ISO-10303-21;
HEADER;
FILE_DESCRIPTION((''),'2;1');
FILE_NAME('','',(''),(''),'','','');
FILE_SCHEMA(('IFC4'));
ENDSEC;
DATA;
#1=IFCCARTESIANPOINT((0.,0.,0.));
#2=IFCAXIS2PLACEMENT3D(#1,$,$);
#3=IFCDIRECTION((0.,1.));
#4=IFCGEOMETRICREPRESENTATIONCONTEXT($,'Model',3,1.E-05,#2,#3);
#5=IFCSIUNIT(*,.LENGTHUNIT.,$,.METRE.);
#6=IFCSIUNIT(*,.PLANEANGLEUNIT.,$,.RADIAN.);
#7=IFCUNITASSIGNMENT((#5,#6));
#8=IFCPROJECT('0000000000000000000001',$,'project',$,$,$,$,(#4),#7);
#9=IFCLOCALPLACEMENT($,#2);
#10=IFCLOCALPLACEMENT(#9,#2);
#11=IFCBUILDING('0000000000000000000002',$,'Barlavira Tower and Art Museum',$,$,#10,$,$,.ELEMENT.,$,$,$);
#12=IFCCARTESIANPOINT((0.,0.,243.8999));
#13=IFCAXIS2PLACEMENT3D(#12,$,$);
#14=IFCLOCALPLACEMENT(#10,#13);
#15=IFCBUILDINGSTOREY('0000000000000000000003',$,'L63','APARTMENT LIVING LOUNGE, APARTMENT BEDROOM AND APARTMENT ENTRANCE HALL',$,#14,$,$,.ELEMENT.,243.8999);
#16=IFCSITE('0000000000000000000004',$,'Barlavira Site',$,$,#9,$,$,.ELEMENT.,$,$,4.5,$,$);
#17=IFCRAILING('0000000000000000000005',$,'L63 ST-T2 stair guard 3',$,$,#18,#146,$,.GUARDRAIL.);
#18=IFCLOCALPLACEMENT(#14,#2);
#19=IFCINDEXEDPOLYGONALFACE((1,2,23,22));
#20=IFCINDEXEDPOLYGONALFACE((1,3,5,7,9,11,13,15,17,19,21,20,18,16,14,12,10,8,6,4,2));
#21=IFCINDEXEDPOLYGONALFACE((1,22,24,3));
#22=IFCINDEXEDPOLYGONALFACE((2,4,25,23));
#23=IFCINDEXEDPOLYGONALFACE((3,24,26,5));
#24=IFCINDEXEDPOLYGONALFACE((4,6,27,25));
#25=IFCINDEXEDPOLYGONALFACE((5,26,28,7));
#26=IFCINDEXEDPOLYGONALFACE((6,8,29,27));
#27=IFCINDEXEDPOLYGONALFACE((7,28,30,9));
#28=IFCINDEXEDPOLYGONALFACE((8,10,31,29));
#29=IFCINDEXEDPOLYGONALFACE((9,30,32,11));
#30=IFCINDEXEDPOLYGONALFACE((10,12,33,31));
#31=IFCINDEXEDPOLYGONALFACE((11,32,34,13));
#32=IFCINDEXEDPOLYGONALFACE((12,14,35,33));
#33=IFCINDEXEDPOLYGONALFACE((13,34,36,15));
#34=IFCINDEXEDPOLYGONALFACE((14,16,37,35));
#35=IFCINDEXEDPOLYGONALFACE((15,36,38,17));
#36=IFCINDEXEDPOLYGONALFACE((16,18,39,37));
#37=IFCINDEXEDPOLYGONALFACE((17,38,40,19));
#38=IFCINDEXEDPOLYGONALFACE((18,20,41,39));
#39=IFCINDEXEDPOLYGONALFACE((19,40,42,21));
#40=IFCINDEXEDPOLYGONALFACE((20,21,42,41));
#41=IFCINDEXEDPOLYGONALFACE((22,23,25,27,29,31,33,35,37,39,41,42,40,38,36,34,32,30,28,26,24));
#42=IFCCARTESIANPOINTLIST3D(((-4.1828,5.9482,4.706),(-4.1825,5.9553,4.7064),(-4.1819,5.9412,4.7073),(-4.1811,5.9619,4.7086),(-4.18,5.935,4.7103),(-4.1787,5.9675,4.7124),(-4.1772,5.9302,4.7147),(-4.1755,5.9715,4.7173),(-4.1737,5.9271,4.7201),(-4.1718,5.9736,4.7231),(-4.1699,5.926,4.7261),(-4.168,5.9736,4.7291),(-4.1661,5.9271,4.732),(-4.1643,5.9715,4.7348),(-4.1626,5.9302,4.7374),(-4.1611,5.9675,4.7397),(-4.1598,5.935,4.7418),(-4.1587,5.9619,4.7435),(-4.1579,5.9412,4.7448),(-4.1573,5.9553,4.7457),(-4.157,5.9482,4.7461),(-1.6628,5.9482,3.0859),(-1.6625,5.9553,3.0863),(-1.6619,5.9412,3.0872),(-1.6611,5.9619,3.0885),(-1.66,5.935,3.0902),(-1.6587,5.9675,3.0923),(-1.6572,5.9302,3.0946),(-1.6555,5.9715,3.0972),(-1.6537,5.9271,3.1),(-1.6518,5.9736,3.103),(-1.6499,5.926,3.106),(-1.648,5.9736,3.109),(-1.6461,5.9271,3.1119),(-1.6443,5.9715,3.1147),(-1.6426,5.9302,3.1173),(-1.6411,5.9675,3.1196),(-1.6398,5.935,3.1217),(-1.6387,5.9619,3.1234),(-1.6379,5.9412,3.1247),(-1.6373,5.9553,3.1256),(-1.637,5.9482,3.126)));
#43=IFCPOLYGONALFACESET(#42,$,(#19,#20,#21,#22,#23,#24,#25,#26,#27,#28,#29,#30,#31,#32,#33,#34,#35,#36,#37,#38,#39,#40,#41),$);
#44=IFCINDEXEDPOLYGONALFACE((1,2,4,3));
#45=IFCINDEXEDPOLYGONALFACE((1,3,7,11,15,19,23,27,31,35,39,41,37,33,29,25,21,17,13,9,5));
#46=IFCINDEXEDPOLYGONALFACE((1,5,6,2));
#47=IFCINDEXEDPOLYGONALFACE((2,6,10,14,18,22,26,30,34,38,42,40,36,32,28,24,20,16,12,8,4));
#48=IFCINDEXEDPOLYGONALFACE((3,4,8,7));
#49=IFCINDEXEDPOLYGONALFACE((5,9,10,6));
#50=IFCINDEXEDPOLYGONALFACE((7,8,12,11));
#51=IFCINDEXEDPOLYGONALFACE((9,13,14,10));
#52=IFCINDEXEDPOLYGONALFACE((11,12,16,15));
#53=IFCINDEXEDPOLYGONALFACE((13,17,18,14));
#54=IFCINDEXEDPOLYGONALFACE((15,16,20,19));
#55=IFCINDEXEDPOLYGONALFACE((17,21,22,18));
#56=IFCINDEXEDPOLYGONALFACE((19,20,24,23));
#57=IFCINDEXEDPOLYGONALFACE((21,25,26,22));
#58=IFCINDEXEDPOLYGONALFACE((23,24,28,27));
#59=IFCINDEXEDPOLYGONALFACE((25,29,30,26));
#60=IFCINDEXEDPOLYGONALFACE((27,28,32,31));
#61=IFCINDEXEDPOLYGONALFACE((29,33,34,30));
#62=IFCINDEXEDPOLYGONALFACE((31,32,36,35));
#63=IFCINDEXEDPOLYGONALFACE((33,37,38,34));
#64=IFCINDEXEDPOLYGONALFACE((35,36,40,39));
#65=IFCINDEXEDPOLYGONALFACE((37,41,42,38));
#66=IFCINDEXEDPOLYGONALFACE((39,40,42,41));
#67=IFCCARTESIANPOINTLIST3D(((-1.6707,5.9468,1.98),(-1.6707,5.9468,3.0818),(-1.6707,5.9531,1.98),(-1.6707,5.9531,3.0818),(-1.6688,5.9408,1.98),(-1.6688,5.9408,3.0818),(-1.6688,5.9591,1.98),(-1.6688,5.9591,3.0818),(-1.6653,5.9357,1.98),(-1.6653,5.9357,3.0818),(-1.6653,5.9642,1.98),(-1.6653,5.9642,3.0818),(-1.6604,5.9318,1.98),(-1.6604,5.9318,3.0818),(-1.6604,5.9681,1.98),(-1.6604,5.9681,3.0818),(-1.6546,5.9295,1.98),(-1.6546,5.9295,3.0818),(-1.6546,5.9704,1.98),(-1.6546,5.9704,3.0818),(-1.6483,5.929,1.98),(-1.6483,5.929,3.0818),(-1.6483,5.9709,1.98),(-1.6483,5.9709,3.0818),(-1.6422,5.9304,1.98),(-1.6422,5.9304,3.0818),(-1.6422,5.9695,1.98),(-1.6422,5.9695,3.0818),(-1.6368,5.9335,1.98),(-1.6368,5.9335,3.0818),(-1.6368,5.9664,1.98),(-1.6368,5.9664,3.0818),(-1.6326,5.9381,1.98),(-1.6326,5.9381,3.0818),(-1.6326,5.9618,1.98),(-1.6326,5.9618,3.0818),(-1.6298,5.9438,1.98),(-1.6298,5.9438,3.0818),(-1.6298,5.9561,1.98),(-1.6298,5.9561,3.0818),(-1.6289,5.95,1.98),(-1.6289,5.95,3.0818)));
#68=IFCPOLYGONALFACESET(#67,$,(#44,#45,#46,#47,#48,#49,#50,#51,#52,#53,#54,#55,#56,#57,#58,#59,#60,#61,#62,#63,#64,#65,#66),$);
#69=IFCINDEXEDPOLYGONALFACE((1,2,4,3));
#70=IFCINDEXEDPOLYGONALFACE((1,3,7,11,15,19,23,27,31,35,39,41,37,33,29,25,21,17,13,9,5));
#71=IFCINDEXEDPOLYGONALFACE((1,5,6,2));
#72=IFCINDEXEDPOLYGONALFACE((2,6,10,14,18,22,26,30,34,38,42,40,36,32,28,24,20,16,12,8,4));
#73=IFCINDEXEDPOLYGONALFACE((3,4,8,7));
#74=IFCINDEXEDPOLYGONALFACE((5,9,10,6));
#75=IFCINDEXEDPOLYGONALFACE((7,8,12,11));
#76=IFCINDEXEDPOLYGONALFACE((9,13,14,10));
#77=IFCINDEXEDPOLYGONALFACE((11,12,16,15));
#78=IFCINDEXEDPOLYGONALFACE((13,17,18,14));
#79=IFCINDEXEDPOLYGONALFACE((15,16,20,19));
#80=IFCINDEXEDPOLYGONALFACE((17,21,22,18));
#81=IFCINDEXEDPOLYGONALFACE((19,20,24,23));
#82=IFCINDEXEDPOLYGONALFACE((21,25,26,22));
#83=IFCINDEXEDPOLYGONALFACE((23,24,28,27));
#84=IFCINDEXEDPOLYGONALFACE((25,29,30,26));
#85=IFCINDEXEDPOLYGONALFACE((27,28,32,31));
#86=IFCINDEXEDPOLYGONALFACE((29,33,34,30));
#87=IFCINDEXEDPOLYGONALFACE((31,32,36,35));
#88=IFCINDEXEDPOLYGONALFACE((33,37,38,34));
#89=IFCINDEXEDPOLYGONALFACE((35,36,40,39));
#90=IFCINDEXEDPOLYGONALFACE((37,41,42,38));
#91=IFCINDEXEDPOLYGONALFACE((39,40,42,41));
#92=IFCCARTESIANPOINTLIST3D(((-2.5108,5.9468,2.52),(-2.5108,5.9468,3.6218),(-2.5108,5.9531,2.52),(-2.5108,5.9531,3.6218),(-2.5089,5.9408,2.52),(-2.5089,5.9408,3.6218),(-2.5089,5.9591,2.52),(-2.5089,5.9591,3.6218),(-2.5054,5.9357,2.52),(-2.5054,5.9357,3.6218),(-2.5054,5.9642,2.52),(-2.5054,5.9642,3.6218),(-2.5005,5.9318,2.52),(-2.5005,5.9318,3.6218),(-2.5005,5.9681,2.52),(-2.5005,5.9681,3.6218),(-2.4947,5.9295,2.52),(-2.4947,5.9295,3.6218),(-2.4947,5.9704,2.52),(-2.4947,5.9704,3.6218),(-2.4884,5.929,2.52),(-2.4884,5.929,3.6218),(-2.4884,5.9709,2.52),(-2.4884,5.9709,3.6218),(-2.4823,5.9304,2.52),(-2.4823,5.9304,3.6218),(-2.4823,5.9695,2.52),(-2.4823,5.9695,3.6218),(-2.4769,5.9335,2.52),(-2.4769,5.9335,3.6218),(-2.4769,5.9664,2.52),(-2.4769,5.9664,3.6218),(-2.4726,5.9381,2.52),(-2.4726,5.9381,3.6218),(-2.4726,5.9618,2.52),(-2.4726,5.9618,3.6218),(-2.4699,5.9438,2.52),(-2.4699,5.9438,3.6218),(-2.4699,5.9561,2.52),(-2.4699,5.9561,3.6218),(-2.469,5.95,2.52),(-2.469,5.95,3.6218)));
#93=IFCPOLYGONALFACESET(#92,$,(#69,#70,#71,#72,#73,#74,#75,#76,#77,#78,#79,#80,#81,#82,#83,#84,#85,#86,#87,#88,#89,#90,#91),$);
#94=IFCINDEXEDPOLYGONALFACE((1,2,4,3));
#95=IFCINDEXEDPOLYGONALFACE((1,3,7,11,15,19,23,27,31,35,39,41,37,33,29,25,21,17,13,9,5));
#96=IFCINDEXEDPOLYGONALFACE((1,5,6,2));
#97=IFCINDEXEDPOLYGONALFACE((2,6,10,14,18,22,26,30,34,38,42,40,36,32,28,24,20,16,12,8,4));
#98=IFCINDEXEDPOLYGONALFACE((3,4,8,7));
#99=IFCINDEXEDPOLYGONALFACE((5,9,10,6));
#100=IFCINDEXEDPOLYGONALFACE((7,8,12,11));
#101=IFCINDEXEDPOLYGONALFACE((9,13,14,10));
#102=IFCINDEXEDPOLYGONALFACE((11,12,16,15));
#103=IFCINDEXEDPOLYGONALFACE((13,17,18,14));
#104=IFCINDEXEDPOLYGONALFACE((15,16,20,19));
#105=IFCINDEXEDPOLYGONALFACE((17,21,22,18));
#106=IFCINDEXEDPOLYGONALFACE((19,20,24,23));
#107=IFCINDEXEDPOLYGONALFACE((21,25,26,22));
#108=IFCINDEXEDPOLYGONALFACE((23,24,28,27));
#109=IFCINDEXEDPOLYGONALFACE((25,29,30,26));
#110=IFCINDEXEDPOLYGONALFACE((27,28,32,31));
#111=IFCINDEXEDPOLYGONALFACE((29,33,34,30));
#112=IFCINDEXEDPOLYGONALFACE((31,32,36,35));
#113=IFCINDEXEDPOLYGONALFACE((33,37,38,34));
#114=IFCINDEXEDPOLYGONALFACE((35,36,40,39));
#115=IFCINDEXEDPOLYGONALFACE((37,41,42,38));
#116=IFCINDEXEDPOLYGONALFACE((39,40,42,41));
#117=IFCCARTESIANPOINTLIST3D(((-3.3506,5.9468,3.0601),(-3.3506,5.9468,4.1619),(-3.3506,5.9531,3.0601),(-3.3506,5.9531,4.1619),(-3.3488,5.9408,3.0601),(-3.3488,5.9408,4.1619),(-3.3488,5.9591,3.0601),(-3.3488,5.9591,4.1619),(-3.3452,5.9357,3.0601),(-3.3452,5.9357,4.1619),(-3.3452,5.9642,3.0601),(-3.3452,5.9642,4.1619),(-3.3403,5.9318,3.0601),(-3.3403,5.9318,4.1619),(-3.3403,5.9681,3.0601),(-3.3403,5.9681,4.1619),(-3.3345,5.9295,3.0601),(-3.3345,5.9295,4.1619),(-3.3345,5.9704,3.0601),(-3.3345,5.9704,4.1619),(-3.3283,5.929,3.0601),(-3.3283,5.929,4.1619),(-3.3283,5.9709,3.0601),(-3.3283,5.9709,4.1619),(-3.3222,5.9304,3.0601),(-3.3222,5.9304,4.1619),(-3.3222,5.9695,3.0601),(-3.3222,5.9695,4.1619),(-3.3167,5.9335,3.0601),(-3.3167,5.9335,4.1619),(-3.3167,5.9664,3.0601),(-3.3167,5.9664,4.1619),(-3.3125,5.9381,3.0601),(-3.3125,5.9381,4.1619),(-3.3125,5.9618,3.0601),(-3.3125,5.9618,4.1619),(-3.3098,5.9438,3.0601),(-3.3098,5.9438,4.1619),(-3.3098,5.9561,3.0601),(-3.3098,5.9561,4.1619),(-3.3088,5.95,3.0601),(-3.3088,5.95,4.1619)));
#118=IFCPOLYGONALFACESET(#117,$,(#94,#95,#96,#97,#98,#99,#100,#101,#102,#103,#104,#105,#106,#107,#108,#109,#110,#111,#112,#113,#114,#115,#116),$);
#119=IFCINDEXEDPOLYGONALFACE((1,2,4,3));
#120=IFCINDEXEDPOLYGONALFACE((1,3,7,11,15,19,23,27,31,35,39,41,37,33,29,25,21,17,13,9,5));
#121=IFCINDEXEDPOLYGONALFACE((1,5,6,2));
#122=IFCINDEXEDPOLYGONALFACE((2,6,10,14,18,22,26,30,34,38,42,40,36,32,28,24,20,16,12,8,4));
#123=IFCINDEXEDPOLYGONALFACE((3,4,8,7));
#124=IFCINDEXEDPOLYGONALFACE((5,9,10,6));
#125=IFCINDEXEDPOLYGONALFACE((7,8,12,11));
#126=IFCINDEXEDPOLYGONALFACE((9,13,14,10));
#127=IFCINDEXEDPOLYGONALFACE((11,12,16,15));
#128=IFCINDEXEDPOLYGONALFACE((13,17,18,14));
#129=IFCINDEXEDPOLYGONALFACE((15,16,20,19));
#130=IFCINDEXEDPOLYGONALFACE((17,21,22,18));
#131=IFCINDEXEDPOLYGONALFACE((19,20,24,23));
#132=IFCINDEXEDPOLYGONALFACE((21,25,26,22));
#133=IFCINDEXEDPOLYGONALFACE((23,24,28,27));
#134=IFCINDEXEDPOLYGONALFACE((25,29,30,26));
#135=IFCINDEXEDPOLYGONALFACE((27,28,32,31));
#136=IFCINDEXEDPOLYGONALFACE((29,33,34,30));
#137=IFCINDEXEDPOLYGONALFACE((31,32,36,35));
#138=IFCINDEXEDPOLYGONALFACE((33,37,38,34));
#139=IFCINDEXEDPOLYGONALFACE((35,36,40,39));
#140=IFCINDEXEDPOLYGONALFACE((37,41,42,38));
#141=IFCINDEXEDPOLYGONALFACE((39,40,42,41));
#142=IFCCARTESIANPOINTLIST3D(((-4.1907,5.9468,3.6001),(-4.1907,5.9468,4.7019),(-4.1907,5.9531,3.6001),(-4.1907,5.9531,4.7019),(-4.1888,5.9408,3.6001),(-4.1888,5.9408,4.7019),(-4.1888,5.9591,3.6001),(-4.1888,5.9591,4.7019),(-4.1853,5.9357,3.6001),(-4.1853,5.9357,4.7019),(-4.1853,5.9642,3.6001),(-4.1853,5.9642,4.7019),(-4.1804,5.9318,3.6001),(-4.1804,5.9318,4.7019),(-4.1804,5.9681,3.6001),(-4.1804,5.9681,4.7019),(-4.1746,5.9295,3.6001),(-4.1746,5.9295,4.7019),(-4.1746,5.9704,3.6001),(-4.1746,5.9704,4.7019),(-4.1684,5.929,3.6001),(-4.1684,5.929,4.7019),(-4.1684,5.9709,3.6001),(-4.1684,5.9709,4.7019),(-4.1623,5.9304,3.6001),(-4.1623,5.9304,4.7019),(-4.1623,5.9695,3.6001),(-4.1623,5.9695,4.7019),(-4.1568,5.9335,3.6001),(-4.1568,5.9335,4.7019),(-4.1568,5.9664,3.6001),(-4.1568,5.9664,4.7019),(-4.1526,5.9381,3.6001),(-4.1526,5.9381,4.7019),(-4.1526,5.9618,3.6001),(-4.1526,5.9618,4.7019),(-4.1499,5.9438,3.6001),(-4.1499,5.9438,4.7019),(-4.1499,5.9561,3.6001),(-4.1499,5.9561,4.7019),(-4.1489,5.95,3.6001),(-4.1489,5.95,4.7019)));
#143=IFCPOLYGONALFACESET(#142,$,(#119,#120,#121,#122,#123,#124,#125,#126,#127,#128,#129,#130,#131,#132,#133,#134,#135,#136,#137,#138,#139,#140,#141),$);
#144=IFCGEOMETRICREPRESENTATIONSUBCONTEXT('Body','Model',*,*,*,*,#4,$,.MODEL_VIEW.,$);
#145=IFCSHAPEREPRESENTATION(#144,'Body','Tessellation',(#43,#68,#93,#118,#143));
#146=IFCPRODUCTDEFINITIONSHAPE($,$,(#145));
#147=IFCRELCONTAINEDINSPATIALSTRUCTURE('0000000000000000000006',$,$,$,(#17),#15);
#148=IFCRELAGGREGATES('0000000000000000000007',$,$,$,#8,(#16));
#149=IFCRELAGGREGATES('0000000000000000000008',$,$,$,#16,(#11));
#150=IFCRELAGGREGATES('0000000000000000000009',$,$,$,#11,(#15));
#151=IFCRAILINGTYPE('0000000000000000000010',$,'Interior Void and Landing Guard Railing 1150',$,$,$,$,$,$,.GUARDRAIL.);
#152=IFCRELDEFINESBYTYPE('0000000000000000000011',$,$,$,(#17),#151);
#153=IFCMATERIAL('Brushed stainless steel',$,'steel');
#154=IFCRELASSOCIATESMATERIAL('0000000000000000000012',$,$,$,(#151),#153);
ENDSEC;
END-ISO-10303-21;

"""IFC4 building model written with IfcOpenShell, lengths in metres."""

from ifc_helpers import new_model, si_unit, direction, frame, origin, origin_2d, place, context, subcontext, project, spatial, circle, extrude, material, type_object, element, save


model = new_model("IFC4")

# Units and contexts
model_context = context("Model", 3, precision=1e-05, world=origin(), true_north=direction((0.0, 1.0)))
body_context = subcontext(model_context, "Body", "Model", "MODEL_VIEW")
ifc_project = project(units=[si_unit("LENGTHUNIT", "METRE"), si_unit("PLANEANGLEUNIT", "RADIAN")], contexts=[model_context])

# Site, building, storey
site_placement = place(None, origin())
site = spatial("IfcSite", under=ifc_project, at=site_placement, Name="Barlavira Site", CompositionType="ELEMENT", RefElevation=4.5)
building_placement = place(site_placement, origin())
building = spatial("IfcBuilding", under=site, at=building_placement, Name="Barlavira Tower and Art Museum", CompositionType="ELEMENT")
storey_placement = place(building_placement, frame((0.0, 0.0, 243.8999)))
storey = spatial("IfcBuildingStorey", under=building, at=storey_placement, Name="L63", Description="APARTMENT LIVING LOUNGE, APARTMENT BEDROOM AND APARTMENT ENTRANCE HALL", CompositionType="ELEMENT", Elevation=243.8999)

# Shared definitions
ifc_material_1 = material(Name="Brushed stainless steel", Category="steel")

# Railing
railing_type_1 = type_object("IfcRailingType", Name="Interior Void and Landing Guard Railing 1150", PredefinedType="GUARDRAIL", material=ifc_material_1)
railing_1_placement = place(storey_placement, frame((-1.6499, 5.95, 1.98)))
element("IfcRailing", 1, at=railing_1_placement, inside=storey, type_object=railing_type_1, Name="L63 ST-T2 stair guard 3", PredefinedType="GUARDRAIL", context=body_context, shape_type="SweptSolid", body=[
    extrude(circle(Radius=0.0239, at=origin_2d()), frame((0.0, 0.0, 1.126), z_axis=(-0.841163, 0.0, 0.540782), x_axis=(0.0, -1.0, 0.0)), (0.0, 0.0, 1.0), 2.9958),
    extrude(circle(Radius=0.021, at=origin_2d()), origin(), (0.0, 0.0, 1.0), 1.1018),
    extrude(circle(Radius=0.021, at=origin_2d()), frame((-0.8401, 0.0, 0.54)), (0.0, 0.0, 1.0), 1.1018),
    extrude(circle(Radius=0.021, at=origin_2d()), frame((-1.6799, 0.0, 1.0801)), (0.0, 0.0, 1.0), 1.1018),
    extrude(circle(Radius=0.021, at=origin_2d()), frame((-2.52, 0.0, 1.6201)), (0.0, 0.0, 1.0), 1.1018),
])

save(model, "model.ifc")
